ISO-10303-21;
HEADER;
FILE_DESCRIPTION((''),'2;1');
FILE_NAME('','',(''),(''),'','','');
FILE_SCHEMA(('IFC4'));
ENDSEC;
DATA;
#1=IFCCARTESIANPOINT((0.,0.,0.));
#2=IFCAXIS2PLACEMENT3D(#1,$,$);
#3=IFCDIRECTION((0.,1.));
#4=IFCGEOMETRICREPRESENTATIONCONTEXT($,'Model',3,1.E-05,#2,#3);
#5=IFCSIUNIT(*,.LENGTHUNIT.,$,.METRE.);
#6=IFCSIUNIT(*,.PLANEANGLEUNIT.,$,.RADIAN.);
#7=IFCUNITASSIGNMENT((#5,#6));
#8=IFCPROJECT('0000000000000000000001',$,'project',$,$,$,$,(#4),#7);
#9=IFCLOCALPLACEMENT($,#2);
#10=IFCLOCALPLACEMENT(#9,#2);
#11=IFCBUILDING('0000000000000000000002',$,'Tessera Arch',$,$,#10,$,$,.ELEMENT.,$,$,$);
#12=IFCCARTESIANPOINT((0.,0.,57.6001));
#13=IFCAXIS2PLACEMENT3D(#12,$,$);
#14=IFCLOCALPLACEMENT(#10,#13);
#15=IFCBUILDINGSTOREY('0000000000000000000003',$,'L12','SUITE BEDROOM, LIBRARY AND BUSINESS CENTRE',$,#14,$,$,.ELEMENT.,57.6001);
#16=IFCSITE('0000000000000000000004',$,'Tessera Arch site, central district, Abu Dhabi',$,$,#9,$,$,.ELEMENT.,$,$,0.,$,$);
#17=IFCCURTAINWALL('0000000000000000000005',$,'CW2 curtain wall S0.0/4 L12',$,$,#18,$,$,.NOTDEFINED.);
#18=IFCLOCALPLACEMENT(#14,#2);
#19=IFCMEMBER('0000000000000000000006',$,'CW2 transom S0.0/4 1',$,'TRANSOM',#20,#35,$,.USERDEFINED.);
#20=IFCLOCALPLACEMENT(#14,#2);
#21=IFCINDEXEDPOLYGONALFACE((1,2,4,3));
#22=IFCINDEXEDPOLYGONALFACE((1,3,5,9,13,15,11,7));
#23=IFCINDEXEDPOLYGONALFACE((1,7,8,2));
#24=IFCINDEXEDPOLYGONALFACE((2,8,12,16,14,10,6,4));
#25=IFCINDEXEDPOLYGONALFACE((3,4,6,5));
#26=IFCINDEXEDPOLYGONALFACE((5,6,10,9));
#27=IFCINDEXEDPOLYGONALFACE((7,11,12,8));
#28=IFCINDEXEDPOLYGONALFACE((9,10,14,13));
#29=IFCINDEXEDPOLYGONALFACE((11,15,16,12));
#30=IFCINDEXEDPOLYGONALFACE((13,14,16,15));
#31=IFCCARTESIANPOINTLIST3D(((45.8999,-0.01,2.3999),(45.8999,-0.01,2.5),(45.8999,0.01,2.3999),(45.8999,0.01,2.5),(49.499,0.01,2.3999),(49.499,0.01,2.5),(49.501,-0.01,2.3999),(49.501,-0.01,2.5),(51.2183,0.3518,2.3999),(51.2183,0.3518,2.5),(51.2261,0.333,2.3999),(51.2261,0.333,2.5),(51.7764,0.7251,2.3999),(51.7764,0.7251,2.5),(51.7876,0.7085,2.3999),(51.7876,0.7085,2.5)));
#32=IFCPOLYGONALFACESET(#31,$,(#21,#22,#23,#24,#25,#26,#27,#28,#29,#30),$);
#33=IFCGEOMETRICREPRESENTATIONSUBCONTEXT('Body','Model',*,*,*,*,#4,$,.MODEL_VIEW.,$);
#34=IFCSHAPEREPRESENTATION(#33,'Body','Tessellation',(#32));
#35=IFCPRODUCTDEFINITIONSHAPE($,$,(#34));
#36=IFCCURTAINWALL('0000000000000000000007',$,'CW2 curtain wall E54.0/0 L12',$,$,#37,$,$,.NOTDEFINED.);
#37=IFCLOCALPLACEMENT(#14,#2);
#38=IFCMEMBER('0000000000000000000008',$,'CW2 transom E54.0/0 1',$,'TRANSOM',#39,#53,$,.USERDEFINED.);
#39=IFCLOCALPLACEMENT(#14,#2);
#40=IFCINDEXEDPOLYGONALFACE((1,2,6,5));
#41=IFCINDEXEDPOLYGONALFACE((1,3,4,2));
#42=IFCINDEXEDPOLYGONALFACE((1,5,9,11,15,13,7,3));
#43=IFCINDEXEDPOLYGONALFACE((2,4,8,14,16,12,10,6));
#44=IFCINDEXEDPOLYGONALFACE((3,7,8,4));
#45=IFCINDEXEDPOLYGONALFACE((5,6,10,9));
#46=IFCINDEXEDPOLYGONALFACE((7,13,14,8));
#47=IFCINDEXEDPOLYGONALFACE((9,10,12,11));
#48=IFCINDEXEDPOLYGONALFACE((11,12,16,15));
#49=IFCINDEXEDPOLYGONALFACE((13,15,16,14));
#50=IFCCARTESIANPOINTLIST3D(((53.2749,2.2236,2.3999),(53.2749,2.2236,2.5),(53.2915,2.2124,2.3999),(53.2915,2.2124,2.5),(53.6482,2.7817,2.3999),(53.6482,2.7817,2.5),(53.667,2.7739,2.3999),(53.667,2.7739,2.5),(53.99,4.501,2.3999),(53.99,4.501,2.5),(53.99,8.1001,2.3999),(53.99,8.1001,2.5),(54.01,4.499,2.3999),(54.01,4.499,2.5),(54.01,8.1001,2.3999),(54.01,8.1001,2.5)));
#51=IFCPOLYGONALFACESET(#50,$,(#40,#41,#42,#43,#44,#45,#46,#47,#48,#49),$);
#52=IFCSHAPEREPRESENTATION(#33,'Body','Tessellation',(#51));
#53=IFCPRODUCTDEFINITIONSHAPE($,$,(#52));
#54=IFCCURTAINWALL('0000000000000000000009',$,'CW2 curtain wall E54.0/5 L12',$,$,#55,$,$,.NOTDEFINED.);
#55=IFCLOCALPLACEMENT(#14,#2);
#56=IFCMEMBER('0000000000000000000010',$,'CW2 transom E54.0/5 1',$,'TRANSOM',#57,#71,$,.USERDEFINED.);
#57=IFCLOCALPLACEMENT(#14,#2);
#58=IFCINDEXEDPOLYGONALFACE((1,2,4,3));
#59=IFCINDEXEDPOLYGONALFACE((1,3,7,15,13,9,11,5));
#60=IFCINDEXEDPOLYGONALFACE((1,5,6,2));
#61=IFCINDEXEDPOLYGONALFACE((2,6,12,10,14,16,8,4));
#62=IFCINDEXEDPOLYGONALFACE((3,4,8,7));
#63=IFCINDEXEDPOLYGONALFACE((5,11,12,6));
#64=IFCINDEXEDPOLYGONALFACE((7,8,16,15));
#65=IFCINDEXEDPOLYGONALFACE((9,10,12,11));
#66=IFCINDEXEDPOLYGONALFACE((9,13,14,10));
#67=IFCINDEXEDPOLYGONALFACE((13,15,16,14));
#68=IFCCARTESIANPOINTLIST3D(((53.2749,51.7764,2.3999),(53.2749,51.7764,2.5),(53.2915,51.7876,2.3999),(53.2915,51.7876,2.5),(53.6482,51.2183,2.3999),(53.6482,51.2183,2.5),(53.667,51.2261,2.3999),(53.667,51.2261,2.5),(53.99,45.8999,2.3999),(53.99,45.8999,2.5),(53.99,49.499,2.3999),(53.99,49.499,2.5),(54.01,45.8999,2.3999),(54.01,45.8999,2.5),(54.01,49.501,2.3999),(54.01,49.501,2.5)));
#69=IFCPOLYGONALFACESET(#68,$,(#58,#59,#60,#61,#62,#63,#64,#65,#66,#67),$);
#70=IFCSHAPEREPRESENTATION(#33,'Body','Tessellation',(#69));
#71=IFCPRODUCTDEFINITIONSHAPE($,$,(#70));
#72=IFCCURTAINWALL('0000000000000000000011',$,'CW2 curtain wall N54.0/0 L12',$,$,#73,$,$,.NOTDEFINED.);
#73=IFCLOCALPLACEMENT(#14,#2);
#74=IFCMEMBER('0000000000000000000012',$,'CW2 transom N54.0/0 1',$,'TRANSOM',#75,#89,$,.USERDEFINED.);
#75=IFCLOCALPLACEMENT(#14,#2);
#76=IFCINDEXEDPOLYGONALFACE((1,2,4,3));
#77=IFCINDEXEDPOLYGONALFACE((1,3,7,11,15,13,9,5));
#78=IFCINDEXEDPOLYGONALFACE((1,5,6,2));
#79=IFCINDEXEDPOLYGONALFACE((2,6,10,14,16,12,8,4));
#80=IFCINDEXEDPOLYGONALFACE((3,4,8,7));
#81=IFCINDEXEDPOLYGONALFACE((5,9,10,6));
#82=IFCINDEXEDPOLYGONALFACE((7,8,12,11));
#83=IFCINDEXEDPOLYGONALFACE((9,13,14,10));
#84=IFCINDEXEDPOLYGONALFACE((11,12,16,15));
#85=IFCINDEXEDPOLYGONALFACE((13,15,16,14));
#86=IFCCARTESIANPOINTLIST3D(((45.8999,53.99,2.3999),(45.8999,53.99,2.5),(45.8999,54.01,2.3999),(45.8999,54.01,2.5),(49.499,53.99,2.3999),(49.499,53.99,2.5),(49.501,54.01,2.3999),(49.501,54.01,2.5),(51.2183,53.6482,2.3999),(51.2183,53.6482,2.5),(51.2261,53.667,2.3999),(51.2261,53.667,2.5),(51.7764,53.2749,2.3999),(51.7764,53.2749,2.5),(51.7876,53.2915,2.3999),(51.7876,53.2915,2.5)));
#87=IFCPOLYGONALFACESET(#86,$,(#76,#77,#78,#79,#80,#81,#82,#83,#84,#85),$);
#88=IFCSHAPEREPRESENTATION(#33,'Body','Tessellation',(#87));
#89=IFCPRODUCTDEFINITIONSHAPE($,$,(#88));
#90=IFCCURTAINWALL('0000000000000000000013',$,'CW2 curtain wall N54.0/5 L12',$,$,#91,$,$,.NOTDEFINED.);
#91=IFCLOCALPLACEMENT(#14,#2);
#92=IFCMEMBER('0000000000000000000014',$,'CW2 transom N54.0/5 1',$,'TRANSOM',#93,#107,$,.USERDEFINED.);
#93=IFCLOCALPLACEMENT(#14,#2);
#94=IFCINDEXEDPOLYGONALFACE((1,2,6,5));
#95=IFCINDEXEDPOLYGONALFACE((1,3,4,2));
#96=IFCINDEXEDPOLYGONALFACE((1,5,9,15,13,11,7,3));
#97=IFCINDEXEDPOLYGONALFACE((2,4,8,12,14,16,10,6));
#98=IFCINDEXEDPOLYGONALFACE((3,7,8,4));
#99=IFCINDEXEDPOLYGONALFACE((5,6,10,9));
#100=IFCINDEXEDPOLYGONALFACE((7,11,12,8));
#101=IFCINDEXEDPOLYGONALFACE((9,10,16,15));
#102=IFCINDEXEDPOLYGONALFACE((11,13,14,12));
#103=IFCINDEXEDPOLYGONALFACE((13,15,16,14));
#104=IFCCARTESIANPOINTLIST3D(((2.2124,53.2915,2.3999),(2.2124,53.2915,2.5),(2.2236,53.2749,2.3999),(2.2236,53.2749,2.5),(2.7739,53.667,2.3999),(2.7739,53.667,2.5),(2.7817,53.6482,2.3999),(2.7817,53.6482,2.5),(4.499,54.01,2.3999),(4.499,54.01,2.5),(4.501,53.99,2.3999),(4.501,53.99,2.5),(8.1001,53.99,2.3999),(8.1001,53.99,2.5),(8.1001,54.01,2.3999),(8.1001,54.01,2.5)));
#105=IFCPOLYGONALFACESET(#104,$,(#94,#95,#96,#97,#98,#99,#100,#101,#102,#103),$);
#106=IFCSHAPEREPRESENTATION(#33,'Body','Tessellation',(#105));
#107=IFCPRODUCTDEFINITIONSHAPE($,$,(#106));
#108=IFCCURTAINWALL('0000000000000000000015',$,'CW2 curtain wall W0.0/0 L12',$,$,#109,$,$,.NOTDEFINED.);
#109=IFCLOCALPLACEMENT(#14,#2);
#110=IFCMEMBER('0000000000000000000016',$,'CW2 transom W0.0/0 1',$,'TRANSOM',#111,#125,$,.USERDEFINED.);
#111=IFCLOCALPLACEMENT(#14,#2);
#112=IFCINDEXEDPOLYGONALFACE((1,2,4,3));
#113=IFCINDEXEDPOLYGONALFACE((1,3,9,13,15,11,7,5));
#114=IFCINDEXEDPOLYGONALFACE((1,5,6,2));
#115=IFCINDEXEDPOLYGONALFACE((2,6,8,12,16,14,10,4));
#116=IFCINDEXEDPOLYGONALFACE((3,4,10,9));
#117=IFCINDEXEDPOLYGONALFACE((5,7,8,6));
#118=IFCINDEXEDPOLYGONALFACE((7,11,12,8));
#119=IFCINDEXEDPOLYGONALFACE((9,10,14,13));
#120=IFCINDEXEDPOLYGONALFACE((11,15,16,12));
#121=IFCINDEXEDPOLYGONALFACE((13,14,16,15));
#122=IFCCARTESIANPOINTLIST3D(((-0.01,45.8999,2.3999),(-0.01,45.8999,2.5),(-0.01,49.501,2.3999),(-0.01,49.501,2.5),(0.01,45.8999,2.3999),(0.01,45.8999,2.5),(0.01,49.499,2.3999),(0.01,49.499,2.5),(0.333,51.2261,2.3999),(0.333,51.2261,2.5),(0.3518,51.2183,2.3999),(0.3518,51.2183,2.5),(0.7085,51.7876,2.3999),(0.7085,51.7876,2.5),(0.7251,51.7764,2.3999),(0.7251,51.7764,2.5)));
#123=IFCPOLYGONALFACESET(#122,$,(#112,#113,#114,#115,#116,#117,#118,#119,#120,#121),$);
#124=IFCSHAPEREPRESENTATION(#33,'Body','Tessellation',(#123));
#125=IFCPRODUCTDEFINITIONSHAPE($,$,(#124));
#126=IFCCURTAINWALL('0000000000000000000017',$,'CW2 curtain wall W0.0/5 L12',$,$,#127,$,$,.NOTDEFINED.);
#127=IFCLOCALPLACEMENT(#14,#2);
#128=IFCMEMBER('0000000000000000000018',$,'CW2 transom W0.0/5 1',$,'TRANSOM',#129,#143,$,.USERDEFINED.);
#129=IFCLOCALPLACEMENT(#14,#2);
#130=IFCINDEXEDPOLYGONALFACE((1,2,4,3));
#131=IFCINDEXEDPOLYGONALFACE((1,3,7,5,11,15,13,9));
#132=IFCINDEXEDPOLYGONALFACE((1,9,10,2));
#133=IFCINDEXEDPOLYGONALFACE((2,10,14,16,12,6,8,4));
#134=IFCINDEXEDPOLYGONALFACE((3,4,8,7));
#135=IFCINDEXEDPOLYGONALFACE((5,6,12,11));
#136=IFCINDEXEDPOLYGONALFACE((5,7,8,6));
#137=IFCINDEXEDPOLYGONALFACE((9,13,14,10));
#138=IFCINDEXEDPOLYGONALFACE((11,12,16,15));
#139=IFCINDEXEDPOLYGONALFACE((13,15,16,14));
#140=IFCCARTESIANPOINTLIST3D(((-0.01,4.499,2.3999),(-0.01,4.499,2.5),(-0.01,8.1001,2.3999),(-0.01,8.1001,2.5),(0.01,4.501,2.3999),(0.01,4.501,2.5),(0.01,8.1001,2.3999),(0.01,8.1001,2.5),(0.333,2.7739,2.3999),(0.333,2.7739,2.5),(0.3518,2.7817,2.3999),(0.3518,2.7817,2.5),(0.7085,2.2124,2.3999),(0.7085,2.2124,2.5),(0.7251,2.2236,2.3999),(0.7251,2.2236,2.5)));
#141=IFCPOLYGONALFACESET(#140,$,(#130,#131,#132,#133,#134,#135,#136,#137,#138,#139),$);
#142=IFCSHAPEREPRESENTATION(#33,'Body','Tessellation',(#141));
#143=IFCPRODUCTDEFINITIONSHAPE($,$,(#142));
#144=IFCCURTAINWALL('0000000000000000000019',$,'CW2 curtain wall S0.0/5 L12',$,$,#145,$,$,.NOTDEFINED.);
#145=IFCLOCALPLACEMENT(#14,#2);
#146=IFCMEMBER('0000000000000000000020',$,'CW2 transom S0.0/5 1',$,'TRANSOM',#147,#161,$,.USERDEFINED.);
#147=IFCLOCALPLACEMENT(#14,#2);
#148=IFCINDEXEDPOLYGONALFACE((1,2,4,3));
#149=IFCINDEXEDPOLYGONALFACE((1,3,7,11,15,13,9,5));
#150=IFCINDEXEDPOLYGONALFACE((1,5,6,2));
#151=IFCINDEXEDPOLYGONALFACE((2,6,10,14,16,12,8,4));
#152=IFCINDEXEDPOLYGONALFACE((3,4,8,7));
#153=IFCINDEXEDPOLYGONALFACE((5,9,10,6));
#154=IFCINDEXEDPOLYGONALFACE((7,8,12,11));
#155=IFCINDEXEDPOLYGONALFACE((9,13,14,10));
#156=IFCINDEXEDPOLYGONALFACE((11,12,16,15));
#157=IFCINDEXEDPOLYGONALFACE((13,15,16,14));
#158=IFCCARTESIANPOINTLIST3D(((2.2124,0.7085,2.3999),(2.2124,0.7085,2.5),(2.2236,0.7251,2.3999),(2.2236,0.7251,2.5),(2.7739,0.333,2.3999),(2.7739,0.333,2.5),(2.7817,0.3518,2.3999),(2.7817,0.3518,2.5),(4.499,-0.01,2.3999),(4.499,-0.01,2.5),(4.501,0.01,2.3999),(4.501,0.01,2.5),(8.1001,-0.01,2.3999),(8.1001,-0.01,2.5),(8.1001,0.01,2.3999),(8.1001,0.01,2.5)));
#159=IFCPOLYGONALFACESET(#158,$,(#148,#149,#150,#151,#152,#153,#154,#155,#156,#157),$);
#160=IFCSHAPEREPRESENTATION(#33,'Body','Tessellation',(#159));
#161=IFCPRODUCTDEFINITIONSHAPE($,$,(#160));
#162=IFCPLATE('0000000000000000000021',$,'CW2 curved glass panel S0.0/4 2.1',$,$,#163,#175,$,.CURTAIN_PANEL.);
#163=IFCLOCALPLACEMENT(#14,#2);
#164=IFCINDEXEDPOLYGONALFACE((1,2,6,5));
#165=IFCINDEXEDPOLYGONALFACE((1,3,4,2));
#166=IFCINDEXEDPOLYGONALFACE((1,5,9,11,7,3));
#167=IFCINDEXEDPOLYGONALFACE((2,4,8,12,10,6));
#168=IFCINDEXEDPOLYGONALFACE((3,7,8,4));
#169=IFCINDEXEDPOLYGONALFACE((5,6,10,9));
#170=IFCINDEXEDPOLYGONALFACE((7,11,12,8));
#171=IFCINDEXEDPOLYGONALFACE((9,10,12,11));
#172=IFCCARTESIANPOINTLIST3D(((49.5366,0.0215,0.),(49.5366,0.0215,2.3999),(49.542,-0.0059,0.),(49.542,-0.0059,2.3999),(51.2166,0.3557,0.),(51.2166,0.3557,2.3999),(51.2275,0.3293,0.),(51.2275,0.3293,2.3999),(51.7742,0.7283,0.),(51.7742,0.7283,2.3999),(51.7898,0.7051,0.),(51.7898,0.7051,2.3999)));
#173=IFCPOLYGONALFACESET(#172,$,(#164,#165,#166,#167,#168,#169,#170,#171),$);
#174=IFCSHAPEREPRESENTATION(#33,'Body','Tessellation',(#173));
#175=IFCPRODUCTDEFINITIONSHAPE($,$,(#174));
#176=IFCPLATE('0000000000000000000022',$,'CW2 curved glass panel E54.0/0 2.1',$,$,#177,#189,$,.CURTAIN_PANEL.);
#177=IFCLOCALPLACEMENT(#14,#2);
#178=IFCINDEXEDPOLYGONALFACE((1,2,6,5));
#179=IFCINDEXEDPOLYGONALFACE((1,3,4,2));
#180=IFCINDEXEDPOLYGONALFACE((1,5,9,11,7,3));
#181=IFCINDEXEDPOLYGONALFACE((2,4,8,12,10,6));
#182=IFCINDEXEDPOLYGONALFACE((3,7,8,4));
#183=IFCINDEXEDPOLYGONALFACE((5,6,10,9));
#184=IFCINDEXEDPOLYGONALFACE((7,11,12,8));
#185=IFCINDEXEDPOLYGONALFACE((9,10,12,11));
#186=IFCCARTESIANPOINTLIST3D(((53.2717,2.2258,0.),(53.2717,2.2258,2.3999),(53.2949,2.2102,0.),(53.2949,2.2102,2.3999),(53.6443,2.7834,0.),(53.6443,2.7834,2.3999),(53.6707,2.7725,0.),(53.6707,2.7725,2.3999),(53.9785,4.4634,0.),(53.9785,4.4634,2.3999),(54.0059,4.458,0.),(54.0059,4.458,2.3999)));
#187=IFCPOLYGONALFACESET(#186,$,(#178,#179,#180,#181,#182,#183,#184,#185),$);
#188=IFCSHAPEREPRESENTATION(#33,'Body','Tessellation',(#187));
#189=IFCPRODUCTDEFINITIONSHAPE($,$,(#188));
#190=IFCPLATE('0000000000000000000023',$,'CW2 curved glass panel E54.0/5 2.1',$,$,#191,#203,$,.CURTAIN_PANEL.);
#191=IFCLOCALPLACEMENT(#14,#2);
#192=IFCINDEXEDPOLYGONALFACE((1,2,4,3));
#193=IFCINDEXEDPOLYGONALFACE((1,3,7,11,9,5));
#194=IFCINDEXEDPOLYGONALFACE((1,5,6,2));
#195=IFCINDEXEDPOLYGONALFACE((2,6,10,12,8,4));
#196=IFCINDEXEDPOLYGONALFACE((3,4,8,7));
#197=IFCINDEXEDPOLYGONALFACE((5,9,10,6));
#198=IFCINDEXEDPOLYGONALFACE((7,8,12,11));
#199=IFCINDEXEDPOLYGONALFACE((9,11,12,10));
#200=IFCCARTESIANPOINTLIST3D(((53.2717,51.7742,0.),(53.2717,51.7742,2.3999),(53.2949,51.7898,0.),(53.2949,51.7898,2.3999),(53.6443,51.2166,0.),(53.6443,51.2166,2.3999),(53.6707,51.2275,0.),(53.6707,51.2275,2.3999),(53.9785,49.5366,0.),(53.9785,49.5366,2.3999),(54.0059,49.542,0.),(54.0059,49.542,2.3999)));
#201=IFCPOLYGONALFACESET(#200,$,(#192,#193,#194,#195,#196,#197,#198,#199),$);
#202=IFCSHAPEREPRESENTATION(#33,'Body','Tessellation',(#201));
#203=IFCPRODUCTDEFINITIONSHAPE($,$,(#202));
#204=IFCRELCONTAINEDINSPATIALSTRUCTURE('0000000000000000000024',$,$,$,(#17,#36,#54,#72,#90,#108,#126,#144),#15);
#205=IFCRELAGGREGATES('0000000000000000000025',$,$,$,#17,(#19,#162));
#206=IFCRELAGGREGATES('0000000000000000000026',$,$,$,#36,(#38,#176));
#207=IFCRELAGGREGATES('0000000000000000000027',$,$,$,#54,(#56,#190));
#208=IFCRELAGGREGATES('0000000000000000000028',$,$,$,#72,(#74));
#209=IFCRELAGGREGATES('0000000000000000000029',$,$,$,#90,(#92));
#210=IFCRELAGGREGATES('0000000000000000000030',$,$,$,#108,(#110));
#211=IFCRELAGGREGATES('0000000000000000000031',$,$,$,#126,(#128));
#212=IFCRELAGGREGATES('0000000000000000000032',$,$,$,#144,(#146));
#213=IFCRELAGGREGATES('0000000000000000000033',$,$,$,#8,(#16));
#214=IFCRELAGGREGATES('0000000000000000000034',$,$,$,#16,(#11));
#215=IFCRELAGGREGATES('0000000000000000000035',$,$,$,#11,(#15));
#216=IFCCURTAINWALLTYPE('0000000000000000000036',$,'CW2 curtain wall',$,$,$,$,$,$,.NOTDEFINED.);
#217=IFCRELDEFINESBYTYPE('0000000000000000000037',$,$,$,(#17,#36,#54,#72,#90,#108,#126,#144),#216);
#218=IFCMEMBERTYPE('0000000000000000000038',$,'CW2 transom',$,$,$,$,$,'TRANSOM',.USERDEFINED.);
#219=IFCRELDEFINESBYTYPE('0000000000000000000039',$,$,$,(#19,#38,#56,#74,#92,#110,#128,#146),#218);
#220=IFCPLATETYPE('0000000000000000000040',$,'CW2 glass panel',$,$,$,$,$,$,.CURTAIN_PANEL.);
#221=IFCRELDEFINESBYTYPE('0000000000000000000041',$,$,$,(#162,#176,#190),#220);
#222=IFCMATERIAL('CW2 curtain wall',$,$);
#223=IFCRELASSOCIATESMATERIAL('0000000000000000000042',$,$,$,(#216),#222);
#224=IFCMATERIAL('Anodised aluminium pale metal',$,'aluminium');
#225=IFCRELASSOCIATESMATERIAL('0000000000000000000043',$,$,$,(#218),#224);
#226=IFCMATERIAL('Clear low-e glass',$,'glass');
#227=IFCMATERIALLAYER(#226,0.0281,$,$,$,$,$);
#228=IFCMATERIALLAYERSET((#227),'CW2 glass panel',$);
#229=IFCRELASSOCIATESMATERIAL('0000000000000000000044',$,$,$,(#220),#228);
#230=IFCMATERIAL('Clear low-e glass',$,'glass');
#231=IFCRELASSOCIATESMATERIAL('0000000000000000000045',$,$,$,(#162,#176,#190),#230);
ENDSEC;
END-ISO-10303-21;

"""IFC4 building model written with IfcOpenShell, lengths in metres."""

from ifc_helpers import new_model, si_unit, direction, frame, origin, origin_2d, place, context, subcontext, project, spatial, polyline, rectangle, outline, extrude, material, layer, layer_set, material_profile, profile_set, type_object, element, aggregate, save


model = new_model("IFC4")

# Units and contexts
model_context = context("Model", 3, precision=1e-05, world=origin(), true_north=direction((0.0, 1.0)))
body_context = subcontext(model_context, "Body", "Model", "MODEL_VIEW")
ifc_project = project(units=[si_unit("LENGTHUNIT", "METRE"), si_unit("PLANEANGLEUNIT", "RADIAN")], contexts=[model_context])

# Site, building, storey
site_placement = place(None, origin())
site = spatial("IfcSite", under=ifc_project, at=site_placement, Name="Tessera Arch site, central district, Abu Dhabi", CompositionType="ELEMENT", RefElevation=0.0)
building_placement = place(site_placement, origin())
building = spatial("IfcBuilding", under=site, at=building_placement, Name="Tessera Arch", CompositionType="ELEMENT")
storey_placement = place(building_placement, frame((0.0, 0.0, 57.6001)))
storey = spatial("IfcBuildingStorey", under=building, at=storey_placement, Name="L12", Description="SUITE BEDROOM, LIBRARY AND BUSINESS CENTRE", CompositionType="ELEMENT", Elevation=57.6001)

# Curtain walls, members
ifc_material_1 = material(Name="CW2 curtain wall")
curtain_wall_type = type_object("IfcCurtainWallType", Name="CW2 curtain wall", PredefinedType="NOTDEFINED", material=ifc_material_1)
curtain_wall_1_placement = place(storey_placement, origin())
curtain_wall_1 = element("IfcCurtainWall", 1, at=curtain_wall_1_placement, inside=storey, type_object=curtain_wall_type, Name="CW2 curtain wall S0.0/4 L12", PredefinedType="NOTDEFINED")
ifc_material_2 = material(Name="Anodised aluminium pale metal", Category="aluminium")
ifc_material_profile = material_profile(ifc_material_2, rectangle(XDim=0.2, YDim=0.1001, at=origin_2d()), Name="AL 200x100")
ifc_profile_set = profile_set([ifc_material_profile], Name="Anodised aluminium pale metal")
member_type = type_object("IfcMemberType", Name="CW2 transom", ElementType="TRANSOM", PredefinedType="USERDEFINED", material=ifc_profile_set)
member_1_placement = place(storey_placement, frame((0.0, 0.0, 2.3999)))
member_1 = element("IfcMember", 2, at=member_1_placement, type_object=member_type, Name="CW2 transom S0.0/4 1", ObjectType="TRANSOM", PredefinedType="USERDEFINED", context=body_context, shape_type="SweptSolid", body=[
    extrude(outline(polyline([(49.499, 0.01), (45.8999, 0.01), (45.8999, -0.01), (49.501, -0.01), (51.2261, 0.333), (51.7876, 0.7085), (51.7764, 0.7251), (51.2183, 0.3518), (49.499, 0.01)])), origin(), (0.0, 0.0, 1.0), 0.1001),
])
curtain_wall_2_placement = place(storey_placement, origin())
curtain_wall_2 = element("IfcCurtainWall", 3, at=curtain_wall_2_placement, inside=storey, type_object=curtain_wall_type, Name="CW2 curtain wall E54.0/0 L12", PredefinedType="NOTDEFINED")
member_2_placement = place(storey_placement, frame((0.0, 0.0, 2.3999)))
member_2 = element("IfcMember", 4, at=member_2_placement, type_object=member_type, Name="CW2 transom E54.0/0 1", ObjectType="TRANSOM", PredefinedType="USERDEFINED", context=body_context, shape_type="SweptSolid", body=[
    extrude(outline(polyline([(53.6482, 2.7817), (53.2749, 2.2236), (53.2915, 2.2124), (53.667, 2.7739), (54.01, 4.499), (54.01, 8.1001), (53.99, 8.1001), (53.99, 4.501), (53.6482, 2.7817)])), origin(), (0.0, 0.0, 1.0), 0.1001),
])
curtain_wall_3_placement = place(storey_placement, origin())
curtain_wall_3 = element("IfcCurtainWall", 5, at=curtain_wall_3_placement, inside=storey, type_object=curtain_wall_type, Name="CW2 curtain wall E54.0/5 L12", PredefinedType="NOTDEFINED")
member_3_placement = place(storey_placement, frame((0.0, 0.0, 2.3999)))
member_3 = element("IfcMember", 6, at=member_3_placement, type_object=member_type, Name="CW2 transom E54.0/5 1", ObjectType="TRANSOM", PredefinedType="USERDEFINED", context=body_context, shape_type="SweptSolid", body=[
    extrude(outline(polyline([(53.99, 49.499), (53.99, 45.8999), (54.01, 45.8999), (54.01, 49.501), (53.667, 51.2261), (53.2915, 51.7876), (53.2749, 51.7764), (53.6482, 51.2183), (53.99, 49.499)])), origin(), (0.0, 0.0, 1.0), 0.1001),
])
curtain_wall_4_placement = place(storey_placement, origin())
curtain_wall_4 = element("IfcCurtainWall", 7, at=curtain_wall_4_placement, inside=storey, type_object=curtain_wall_type, Name="CW2 curtain wall N54.0/0 L12", PredefinedType="NOTDEFINED")
member_4_placement = place(storey_placement, frame((0.0, 0.0, 2.3999)))
member_4 = element("IfcMember", 8, at=member_4_placement, type_object=member_type, Name="CW2 transom N54.0/0 1", ObjectType="TRANSOM", PredefinedType="USERDEFINED", context=body_context, shape_type="SweptSolid", body=[
    extrude(outline(polyline([(51.2183, 53.6482), (51.7764, 53.2749), (51.7876, 53.2915), (51.2261, 53.667), (49.501, 54.01), (45.8999, 54.01), (45.8999, 53.99), (49.499, 53.99), (51.2183, 53.6482)])), origin(), (0.0, 0.0, 1.0), 0.1001),
])
curtain_wall_5_placement = place(storey_placement, origin())
curtain_wall_5 = element("IfcCurtainWall", 9, at=curtain_wall_5_placement, inside=storey, type_object=curtain_wall_type, Name="CW2 curtain wall N54.0/5 L12", PredefinedType="NOTDEFINED")
member_5_placement = place(storey_placement, frame((0.0, 0.0, 2.3999)))
member_5 = element("IfcMember", 10, at=member_5_placement, type_object=member_type, Name="CW2 transom N54.0/5 1", ObjectType="TRANSOM", PredefinedType="USERDEFINED", context=body_context, shape_type="SweptSolid", body=[
    extrude(outline(polyline([(4.501, 53.99), (8.1001, 53.99), (8.1001, 54.01), (4.499, 54.01), (2.7739, 53.667), (2.2124, 53.2915), (2.2236, 53.2749), (2.7817, 53.6482), (4.501, 53.99)])), origin(), (0.0, 0.0, 1.0), 0.1001),
])
curtain_wall_6_placement = place(storey_placement, origin())
curtain_wall_6 = element("IfcCurtainWall", 11, at=curtain_wall_6_placement, inside=storey, type_object=curtain_wall_type, Name="CW2 curtain wall W0.0/0 L12", PredefinedType="NOTDEFINED")
member_6_placement = place(storey_placement, frame((0.0, 0.0, 2.3999)))
member_6 = element("IfcMember", 12, at=member_6_placement, type_object=member_type, Name="CW2 transom W0.0/0 1", ObjectType="TRANSOM", PredefinedType="USERDEFINED", context=body_context, shape_type="SweptSolid", body=[
    extrude(outline(polyline([(0.3518, 51.2183), (0.7251, 51.7764), (0.7085, 51.7876), (0.333, 51.2261), (-0.01, 49.501), (-0.01, 45.8999), (0.01, 45.8999), (0.01, 49.499), (0.3518, 51.2183)])), origin(), (0.0, 0.0, 1.0), 0.1001),
])
curtain_wall_7_placement = place(storey_placement, origin())
curtain_wall_7 = element("IfcCurtainWall", 13, at=curtain_wall_7_placement, inside=storey, type_object=curtain_wall_type, Name="CW2 curtain wall W0.0/5 L12", PredefinedType="NOTDEFINED")
member_7_placement = place(storey_placement, frame((0.0, 0.0, 2.3999)))
member_7 = element("IfcMember", 14, at=member_7_placement, type_object=member_type, Name="CW2 transom W0.0/5 1", ObjectType="TRANSOM", PredefinedType="USERDEFINED", context=body_context, shape_type="SweptSolid", body=[
    extrude(outline(polyline([(0.01, 4.501), (0.01, 8.1001), (-0.01, 8.1001), (-0.01, 4.499), (0.333, 2.7739), (0.7085, 2.2124), (0.7251, 2.2236), (0.3518, 2.7817), (0.01, 4.501)])), origin(), (0.0, 0.0, 1.0), 0.1001),
])
curtain_wall_8_placement = place(storey_placement, origin())
curtain_wall_8 = element("IfcCurtainWall", 15, at=curtain_wall_8_placement, inside=storey, type_object=curtain_wall_type, Name="CW2 curtain wall S0.0/5 L12", PredefinedType="NOTDEFINED")
member_8_placement = place(storey_placement, frame((0.0, 0.0, 2.3999)))
member_8 = element("IfcMember", 16, at=member_8_placement, type_object=member_type, Name="CW2 transom S0.0/5 1", ObjectType="TRANSOM", PredefinedType="USERDEFINED", context=body_context, shape_type="SweptSolid", body=[
    extrude(outline(polyline([(2.7817, 0.3518), (2.2236, 0.7251), (2.2124, 0.7085), (2.7739, 0.333), (4.499, -0.01), (8.1001, -0.01), (8.1001, 0.01), (4.501, 0.01), (2.7817, 0.3518)])), origin(), (0.0, 0.0, 1.0), 0.1001),
])

# Plates
ifc_material_3 = material(Name="Clear low-e glass", Category="glass")
ifc_material_4 = material(Name="Clear low-e glass", Category="glass")
ifc_layer_1 = layer(ifc_material_4, 0.0281)
ifc_layer_set_1 = layer_set([ifc_layer_1], Name="CW2 glass panel")
plate_type_1 = type_object("IfcPlateType", Name="CW2 glass panel", PredefinedType="CURTAIN_PANEL", material=ifc_layer_set_1)
plate_1_placement = place(storey_placement, origin())
plate_1 = element("IfcPlate", 17, at=plate_1_placement, type_object=plate_type_1, material=ifc_material_3, Name="CW2 curved glass panel S0.0/4 2.1", PredefinedType="CURTAIN_PANEL", context=body_context, shape_type="SweptSolid", body=[
    extrude(outline(polyline([(51.2166, 0.3557), (49.5366, 0.0215), (49.542, -0.0059), (51.2275, 0.3293), (51.7898, 0.7051), (51.7742, 0.7283), (51.2166, 0.3557)])), origin(), (0.0, 0.0, 1.0), 2.3999),
])
plate_2_placement = place(storey_placement, origin())
plate_2 = element("IfcPlate", 18, at=plate_2_placement, type_object=plate_type_1, material=ifc_material_3, Name="CW2 curved glass panel E54.0/0 2.1", PredefinedType="CURTAIN_PANEL", context=body_context, shape_type="SweptSolid", body=[
    extrude(outline(polyline([(53.6443, 2.7834), (53.2717, 2.2258), (53.2949, 2.2102), (53.6707, 2.7725), (54.0059, 4.458), (53.9785, 4.4634), (53.6443, 2.7834)])), origin(), (0.0, 0.0, 1.0), 2.3999),
])
plate_3_placement = place(storey_placement, origin())
plate_3 = element("IfcPlate", 19, at=plate_3_placement, type_object=plate_type_1, material=ifc_material_3, Name="CW2 curved glass panel E54.0/5 2.1", PredefinedType="CURTAIN_PANEL", context=body_context, shape_type="SweptSolid", body=[
    extrude(outline(polyline([(53.6443, 51.2166), (53.9785, 49.5366), (54.0059, 49.542), (53.6707, 51.2275), (53.2949, 51.7898), (53.2717, 51.7742), (53.6443, 51.2166)])), origin(), (0.0, 0.0, 1.0), 2.3999),
])
aggregate(curtain_wall_1, [member_1, plate_1])
aggregate(curtain_wall_2, [member_2, plate_2])
aggregate(curtain_wall_3, [member_3, plate_3])
aggregate(curtain_wall_4, [member_4])
aggregate(curtain_wall_5, [member_5])
aggregate(curtain_wall_6, [member_6])
aggregate(curtain_wall_7, [member_7])
aggregate(curtain_wall_8, [member_8])

save(model, "model.ifc")
